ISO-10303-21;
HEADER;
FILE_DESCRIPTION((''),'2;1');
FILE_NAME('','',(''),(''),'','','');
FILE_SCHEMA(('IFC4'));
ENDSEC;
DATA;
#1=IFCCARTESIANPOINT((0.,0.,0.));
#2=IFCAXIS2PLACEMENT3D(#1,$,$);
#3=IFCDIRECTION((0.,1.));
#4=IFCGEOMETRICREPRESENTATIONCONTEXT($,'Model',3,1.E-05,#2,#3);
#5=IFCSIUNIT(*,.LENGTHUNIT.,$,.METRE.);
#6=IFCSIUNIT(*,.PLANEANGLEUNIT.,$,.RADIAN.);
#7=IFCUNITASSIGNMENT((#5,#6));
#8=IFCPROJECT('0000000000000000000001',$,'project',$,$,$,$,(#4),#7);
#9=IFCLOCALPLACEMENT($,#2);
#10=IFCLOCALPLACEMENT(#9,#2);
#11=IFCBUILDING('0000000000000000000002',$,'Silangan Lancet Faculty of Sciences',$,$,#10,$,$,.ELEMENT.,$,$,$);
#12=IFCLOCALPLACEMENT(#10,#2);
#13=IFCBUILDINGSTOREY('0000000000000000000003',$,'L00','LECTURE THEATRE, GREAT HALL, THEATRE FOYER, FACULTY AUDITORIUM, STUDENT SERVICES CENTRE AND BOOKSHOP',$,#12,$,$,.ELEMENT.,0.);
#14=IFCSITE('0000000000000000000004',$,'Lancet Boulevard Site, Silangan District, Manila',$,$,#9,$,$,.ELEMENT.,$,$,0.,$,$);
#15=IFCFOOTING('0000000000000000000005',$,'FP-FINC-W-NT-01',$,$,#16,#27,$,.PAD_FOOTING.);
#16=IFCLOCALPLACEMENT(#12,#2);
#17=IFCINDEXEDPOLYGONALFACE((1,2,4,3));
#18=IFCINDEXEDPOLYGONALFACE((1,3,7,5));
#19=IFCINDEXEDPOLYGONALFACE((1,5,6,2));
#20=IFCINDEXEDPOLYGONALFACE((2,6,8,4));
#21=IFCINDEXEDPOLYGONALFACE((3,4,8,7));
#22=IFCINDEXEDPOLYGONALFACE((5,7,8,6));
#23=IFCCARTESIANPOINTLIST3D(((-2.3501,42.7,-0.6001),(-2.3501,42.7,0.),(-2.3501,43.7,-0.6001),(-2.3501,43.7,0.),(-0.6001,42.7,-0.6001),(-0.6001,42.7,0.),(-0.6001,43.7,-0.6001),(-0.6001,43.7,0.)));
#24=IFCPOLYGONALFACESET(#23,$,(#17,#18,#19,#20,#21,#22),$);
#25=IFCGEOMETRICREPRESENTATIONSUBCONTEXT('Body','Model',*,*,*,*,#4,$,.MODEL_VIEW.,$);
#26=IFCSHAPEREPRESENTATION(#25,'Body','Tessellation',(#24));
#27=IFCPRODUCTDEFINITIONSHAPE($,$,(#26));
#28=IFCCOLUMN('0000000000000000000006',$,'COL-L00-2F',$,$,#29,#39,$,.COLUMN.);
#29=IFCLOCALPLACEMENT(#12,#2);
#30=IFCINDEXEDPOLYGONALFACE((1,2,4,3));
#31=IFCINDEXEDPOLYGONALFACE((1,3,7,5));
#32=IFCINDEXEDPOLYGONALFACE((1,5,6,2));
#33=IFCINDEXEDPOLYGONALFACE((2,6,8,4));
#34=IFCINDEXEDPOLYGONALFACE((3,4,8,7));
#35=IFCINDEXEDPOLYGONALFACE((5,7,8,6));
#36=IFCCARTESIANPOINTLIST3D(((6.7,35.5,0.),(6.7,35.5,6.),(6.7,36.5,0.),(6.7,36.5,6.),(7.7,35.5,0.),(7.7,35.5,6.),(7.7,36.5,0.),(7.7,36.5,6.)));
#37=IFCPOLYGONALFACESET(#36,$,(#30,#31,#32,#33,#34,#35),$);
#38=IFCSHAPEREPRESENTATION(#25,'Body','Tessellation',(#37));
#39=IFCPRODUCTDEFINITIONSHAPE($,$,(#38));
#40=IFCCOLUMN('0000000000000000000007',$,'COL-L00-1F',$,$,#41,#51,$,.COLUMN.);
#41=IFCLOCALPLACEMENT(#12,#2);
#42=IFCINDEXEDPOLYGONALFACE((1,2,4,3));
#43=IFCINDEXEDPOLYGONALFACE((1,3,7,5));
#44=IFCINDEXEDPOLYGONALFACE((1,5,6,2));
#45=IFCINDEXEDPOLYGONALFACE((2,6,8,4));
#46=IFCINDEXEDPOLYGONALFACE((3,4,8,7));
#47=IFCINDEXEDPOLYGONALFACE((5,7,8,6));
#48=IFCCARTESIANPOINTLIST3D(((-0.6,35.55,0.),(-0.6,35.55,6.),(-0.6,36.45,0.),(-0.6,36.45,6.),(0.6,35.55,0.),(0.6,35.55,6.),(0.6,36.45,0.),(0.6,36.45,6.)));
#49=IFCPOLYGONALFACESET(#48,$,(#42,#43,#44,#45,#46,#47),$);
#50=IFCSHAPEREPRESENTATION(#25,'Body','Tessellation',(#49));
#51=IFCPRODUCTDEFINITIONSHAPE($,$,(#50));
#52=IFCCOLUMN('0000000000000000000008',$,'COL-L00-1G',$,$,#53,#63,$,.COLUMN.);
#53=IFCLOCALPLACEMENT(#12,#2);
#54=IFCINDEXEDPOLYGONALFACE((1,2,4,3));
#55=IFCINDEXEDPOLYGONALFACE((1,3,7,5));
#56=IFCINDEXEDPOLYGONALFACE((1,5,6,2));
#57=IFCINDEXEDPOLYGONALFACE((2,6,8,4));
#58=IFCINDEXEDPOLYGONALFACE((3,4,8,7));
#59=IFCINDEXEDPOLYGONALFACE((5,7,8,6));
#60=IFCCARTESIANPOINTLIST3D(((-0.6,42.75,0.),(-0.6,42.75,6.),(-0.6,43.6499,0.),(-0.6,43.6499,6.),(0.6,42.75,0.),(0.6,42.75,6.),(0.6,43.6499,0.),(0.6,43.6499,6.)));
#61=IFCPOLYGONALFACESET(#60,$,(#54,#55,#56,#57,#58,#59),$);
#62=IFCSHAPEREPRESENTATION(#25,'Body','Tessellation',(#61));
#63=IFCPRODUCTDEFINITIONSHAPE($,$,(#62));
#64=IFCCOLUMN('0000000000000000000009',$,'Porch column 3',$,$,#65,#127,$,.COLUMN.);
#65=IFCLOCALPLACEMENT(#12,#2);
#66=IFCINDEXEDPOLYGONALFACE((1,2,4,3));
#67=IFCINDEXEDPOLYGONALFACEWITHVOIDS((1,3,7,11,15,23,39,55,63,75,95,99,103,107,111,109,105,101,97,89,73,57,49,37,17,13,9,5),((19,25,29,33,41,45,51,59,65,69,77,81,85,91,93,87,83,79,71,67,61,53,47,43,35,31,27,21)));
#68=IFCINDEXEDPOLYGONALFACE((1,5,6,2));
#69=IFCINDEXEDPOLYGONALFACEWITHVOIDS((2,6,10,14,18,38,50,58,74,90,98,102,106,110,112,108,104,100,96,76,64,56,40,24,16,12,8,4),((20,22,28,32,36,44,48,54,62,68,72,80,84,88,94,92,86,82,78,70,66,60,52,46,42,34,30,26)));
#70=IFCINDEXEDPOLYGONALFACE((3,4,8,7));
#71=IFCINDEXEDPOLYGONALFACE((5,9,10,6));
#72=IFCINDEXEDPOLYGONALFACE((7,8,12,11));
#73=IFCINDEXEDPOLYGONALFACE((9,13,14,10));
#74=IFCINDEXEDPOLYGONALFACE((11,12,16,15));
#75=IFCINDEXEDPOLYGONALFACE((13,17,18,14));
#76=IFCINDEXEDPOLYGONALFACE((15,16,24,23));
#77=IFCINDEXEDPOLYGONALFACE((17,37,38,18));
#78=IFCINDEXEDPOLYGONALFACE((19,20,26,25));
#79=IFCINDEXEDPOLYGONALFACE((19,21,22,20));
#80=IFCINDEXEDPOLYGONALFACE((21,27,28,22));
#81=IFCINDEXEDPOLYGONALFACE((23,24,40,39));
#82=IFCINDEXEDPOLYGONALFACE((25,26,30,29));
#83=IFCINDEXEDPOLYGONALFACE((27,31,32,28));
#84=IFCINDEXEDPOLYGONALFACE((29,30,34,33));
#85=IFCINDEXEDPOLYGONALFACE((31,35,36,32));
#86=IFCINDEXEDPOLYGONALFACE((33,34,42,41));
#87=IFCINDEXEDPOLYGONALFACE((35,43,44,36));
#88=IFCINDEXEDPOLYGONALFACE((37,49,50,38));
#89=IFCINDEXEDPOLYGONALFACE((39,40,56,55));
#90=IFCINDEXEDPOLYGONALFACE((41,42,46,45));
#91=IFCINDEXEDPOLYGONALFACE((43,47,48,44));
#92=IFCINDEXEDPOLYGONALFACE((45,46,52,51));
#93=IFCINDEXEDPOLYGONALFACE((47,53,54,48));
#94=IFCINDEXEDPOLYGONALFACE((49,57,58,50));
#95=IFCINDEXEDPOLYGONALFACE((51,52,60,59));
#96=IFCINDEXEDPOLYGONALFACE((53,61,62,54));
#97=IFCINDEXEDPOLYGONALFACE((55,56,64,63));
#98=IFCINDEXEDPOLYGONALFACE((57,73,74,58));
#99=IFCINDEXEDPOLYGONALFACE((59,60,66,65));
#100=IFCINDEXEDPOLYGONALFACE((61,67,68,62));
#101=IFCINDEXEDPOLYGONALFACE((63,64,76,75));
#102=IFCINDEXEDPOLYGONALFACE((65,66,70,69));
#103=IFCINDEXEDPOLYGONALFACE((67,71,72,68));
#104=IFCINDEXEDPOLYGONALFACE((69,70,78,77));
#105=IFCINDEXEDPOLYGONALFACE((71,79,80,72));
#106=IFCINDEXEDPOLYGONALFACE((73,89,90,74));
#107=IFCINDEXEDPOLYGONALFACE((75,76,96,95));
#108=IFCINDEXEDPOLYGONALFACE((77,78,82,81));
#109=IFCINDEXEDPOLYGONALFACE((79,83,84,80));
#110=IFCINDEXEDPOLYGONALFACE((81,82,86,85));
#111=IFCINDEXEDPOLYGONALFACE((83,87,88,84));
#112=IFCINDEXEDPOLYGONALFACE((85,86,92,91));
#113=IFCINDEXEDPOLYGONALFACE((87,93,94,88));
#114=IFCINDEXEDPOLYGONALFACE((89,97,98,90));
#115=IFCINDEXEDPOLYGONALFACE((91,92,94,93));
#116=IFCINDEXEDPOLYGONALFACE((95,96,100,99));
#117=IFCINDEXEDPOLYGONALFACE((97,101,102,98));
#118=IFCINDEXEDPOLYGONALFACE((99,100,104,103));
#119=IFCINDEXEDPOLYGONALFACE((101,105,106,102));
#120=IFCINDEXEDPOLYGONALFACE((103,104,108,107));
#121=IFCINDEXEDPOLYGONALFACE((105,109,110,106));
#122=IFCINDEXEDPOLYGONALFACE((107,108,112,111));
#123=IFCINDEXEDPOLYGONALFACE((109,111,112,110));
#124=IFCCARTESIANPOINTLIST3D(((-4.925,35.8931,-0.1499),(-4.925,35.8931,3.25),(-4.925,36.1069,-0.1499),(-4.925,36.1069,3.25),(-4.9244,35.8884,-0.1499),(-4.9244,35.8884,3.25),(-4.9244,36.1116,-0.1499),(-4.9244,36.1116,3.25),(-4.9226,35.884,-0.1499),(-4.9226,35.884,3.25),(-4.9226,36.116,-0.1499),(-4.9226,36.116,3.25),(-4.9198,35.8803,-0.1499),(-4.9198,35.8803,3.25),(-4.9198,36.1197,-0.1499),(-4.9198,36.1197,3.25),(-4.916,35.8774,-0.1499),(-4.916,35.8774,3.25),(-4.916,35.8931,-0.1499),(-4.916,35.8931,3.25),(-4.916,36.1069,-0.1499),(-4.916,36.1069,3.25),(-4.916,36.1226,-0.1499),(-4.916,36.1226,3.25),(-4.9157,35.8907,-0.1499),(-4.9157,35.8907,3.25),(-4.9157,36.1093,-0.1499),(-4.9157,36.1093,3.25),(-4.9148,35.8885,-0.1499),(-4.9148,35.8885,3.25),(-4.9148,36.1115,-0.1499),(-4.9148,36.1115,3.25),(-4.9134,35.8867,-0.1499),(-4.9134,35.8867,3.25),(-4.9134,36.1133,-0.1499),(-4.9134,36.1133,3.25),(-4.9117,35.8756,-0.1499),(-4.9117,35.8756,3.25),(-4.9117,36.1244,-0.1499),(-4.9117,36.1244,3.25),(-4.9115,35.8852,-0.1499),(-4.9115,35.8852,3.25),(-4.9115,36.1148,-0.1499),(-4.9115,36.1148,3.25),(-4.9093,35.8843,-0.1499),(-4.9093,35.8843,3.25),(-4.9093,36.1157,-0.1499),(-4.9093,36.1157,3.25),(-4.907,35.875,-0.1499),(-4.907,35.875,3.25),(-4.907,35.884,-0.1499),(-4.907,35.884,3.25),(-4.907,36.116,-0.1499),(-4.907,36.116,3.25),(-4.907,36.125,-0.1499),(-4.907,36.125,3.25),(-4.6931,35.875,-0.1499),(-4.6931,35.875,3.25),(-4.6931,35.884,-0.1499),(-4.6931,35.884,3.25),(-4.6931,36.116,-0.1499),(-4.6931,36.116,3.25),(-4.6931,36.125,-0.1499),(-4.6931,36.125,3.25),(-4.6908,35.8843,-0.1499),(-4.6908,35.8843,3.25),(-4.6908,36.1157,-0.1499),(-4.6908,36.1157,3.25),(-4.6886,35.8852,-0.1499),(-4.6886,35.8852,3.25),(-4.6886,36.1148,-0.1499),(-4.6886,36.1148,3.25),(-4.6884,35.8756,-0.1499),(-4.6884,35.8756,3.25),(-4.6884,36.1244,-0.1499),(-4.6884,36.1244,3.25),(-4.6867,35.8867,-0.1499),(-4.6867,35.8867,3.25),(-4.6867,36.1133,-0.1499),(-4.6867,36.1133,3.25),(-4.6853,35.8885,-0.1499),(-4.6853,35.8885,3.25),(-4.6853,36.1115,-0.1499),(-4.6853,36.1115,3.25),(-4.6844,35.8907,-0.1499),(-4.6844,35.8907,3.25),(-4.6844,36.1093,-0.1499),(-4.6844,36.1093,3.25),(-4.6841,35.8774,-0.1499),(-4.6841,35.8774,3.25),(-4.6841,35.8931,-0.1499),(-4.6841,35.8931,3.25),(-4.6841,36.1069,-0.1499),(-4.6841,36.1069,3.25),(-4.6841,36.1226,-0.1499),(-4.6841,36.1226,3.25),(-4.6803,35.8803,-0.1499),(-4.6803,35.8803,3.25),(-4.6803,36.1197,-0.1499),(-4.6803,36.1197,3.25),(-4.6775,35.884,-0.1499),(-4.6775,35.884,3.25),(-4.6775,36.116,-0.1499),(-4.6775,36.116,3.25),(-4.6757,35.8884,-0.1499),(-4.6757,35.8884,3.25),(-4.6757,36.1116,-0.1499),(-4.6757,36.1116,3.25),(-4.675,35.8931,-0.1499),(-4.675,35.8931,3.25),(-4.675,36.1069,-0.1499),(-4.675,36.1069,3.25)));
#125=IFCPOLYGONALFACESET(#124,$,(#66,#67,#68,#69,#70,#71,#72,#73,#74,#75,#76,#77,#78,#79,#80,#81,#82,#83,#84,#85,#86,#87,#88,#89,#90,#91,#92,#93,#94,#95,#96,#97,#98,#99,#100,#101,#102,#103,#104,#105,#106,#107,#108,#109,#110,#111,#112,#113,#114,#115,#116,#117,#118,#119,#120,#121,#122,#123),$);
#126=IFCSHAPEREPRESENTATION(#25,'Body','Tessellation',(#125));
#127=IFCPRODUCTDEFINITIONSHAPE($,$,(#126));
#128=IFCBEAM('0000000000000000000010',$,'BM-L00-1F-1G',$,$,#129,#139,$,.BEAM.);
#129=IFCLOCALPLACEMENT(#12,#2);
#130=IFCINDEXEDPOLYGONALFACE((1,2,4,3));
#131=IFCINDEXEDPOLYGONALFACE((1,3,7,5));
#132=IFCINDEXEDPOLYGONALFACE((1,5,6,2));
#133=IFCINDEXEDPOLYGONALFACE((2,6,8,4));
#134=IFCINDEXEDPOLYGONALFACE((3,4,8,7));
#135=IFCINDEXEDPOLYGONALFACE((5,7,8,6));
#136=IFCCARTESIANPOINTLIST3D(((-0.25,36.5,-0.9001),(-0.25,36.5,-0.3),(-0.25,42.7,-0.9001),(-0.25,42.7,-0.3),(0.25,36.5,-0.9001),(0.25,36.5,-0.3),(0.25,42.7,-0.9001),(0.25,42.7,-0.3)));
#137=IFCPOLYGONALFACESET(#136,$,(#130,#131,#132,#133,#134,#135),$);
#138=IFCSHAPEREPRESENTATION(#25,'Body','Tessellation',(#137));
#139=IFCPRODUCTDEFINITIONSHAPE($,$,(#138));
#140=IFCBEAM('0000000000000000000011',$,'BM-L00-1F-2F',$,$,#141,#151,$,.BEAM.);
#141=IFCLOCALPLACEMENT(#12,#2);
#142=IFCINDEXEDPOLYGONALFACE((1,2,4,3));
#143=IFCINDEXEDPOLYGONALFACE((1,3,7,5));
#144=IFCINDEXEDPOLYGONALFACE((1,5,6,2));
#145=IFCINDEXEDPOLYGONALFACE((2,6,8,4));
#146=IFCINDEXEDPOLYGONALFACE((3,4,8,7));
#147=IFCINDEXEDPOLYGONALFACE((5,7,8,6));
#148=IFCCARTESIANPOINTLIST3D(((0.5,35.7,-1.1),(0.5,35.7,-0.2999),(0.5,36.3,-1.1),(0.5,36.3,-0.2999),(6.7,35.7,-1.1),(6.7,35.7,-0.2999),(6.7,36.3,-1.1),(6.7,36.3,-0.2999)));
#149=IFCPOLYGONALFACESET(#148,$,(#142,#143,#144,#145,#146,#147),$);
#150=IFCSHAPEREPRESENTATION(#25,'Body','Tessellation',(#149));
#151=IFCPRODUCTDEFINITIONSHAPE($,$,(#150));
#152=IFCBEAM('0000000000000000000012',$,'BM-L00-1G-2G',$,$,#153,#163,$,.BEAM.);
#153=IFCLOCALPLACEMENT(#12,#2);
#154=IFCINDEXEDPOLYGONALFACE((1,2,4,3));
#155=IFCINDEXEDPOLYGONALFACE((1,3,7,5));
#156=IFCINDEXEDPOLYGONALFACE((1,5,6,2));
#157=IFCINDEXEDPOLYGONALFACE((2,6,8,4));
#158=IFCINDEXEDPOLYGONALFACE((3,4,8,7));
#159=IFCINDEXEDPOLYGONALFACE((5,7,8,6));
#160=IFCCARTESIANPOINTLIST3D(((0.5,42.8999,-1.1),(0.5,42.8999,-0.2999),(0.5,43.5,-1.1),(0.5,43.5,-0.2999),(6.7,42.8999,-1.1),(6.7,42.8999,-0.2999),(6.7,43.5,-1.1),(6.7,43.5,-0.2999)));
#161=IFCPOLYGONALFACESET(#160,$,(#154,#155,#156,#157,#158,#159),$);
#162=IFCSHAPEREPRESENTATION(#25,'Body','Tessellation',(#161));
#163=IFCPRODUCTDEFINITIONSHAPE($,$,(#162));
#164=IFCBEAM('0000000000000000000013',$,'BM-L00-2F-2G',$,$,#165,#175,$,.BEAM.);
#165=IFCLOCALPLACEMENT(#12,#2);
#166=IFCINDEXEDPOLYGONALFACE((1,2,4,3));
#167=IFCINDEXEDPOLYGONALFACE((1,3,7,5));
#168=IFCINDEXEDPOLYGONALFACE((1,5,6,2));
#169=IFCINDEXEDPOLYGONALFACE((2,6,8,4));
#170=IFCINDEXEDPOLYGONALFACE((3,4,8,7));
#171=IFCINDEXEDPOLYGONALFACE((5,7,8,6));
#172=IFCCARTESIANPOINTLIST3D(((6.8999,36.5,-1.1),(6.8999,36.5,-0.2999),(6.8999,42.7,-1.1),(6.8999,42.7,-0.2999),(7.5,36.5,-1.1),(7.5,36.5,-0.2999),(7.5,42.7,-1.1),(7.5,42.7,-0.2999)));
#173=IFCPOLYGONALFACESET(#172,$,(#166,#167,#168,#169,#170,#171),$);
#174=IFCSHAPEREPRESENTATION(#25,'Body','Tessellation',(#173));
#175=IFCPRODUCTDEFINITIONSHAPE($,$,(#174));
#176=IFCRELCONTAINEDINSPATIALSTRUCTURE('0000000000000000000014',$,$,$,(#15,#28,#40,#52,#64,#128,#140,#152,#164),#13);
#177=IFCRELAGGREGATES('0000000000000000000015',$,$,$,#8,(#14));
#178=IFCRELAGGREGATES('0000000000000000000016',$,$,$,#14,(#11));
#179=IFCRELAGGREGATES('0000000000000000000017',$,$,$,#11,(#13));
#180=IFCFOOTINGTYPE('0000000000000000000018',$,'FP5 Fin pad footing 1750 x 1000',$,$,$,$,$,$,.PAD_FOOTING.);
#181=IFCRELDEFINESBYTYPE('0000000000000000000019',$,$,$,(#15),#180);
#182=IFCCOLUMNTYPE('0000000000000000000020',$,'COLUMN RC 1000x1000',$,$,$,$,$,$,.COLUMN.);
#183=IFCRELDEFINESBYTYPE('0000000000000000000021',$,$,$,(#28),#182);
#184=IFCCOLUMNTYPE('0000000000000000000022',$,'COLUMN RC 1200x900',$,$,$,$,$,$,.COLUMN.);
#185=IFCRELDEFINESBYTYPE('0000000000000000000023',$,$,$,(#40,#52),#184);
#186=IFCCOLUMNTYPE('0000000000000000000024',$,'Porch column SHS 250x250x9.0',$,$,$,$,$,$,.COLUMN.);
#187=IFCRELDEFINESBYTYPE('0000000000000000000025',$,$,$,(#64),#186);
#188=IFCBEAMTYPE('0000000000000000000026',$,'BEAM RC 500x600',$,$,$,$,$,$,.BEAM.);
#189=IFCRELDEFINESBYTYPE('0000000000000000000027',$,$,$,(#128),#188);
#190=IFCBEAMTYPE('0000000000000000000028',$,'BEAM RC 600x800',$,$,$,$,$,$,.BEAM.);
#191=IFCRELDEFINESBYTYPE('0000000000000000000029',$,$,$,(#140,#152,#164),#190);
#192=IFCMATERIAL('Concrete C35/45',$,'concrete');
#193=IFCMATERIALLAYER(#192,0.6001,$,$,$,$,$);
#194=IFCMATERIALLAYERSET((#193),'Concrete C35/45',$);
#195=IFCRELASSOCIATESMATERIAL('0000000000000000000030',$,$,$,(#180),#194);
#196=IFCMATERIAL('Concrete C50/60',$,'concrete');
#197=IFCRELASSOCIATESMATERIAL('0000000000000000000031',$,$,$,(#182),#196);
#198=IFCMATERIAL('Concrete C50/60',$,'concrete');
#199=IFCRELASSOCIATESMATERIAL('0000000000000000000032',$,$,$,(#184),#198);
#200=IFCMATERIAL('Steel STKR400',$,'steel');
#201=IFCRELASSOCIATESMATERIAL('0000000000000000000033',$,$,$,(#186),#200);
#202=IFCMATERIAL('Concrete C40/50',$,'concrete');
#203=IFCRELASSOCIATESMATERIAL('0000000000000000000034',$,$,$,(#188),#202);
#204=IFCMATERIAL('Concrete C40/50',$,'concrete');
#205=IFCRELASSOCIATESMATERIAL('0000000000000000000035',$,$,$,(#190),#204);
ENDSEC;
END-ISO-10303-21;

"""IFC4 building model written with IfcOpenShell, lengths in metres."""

from ifc_helpers import new_model, si_unit, direction, frame, origin, origin_2d, place, context, subcontext, project, spatial, rectangle, hollow_rectangle, extrude, material, layer, layer_set, material_profile, profile_set, type_object, element, save


model = new_model("IFC4")

# Units and contexts
model_context = context("Model", 3, precision=1e-05, world=origin(), true_north=direction((0.0, 1.0)))
body_context = subcontext(model_context, "Body", "Model", "MODEL_VIEW")
ifc_project = project(units=[si_unit("LENGTHUNIT", "METRE"), si_unit("PLANEANGLEUNIT", "RADIAN")], contexts=[model_context])

# Site, building, storey
site_placement = place(None, origin())
site = spatial("IfcSite", under=ifc_project, at=site_placement, Name="Lancet Boulevard Site, Silangan District, Manila", CompositionType="ELEMENT", RefElevation=0.0)
building_placement = place(site_placement, origin())
building = spatial("IfcBuilding", under=site, at=building_placement, Name="Silangan Lancet Faculty of Sciences", CompositionType="ELEMENT")
storey_placement = place(building_placement, origin())
storey = spatial("IfcBuildingStorey", under=building, at=storey_placement, Name="L00", Description="LECTURE THEATRE, GREAT HALL, THEATRE FOYER, FACULTY AUDITORIUM, STUDENT SERVICES CENTRE AND BOOKSHOP", CompositionType="ELEMENT", Elevation=0.0)

# Footing
ifc_material_1 = material(Name="Concrete C35/45", Category="concrete")
ifc_layer_1 = layer(ifc_material_1, 0.6001)
ifc_layer_set_1 = layer_set([ifc_layer_1], Name="Concrete C35/45")
footing_type = type_object("IfcFootingType", Name="FP5 Fin pad footing 1750 x 1000", PredefinedType="PAD_FOOTING", material=ifc_layer_set_1)
footing_placement = place(storey_placement, frame((-1.4751, 43.2, -0.6001), z_axis=(0.0, 0.0, 1.0), x_axis=(1.0, 0.0, 0.0)))
element("IfcFooting", 1, at=footing_placement, inside=storey, type_object=footing_type, Name="FP-FINC-W-NT-01", PredefinedType="PAD_FOOTING", context=body_context, shape_type="SweptSolid", body=[
    extrude(rectangle(XDim=1.75, YDim=1.0, at=origin_2d()), origin(), (0.0, 0.0, 1.0), 0.6001),
])

# Columns
ifc_material_2 = material(Name="Concrete C50/60", Category="concrete")
ifc_material_profile_1 = material_profile(ifc_material_2, rectangle(XDim=1.0, YDim=1.0, at=origin_2d()), Name="RC 1000x1000")
ifc_profile_set_1 = profile_set([ifc_material_profile_1], Name="Concrete C50/60")
column_type_1 = type_object("IfcColumnType", Name="COLUMN RC 1000x1000", PredefinedType="COLUMN", material=ifc_profile_set_1)
column_1_placement = place(storey_placement, frame((7.2, 36.0, 0.0), z_axis=(0.0, 0.0, 1.0), x_axis=(1.0, 0.0, 0.0)))
element("IfcColumn", 2, at=column_1_placement, inside=storey, type_object=column_type_1, Name="COL-L00-2F", PredefinedType="COLUMN", context=body_context, shape_type="SweptSolid", body=[
    extrude(rectangle(XDim=1.0, YDim=1.0, at=origin_2d()), origin(), (0.0, 0.0, 1.0), 6.0),
])
ifc_material_3 = material(Name="Concrete C50/60", Category="concrete")
ifc_material_profile_2 = material_profile(ifc_material_3, rectangle(XDim=1.2, YDim=0.8999, at=origin_2d()), Name="RC 1200x900")
ifc_profile_set_2 = profile_set([ifc_material_profile_2], Name="Concrete C50/60")
column_type_2 = type_object("IfcColumnType", Name="COLUMN RC 1200x900", PredefinedType="COLUMN", material=ifc_profile_set_2)
for number, where, z_axis, x_axis, name in (
    (3, (0.0, 36.0, 0.0), (0.0, 0.0, 1.0), (1.0, 0.0, 0.0), "COL-L00-1F"),
    (4, (0.0, 43.2, 0.0), (0.0, 0.0, 1.0), (1.0, 0.0, 0.0), "COL-L00-1G"),
):
    element("IfcColumn", number, at=place(storey_placement, frame(where, z_axis=z_axis, x_axis=x_axis)), inside=storey, type_object=column_type_2, Name=name, PredefinedType="COLUMN", context=body_context, shape_type="SweptSolid", body=[
        extrude(rectangle(XDim=1.2, YDim=0.8999, at=origin_2d()), origin(), (0.0, 0.0, 1.0), 6.0),
    ])
ifc_material_4 = material(Name="Steel STKR400", Category="steel")
ifc_material_profile_3 = material_profile(ifc_material_4, hollow_rectangle(XDim=0.25, YDim=0.25, WallThickness=0.009, InnerFilletRadius=0.009, OuterFilletRadius=0.0181, at=origin_2d()), Name="SHS 250x250x9.0")
ifc_profile_set_3 = profile_set([ifc_material_profile_3], Name="Steel STKR400")
column_type_3 = type_object("IfcColumnType", Name="Porch column SHS 250x250x9.0", PredefinedType="COLUMN", material=ifc_profile_set_3)
column_2_placement = place(storey_placement, frame((-4.8, 36.0, -0.1499), z_axis=(0.0, 0.0, 1.0), x_axis=(1.0, 0.0, 0.0)))
element("IfcColumn", 5, at=column_2_placement, inside=storey, type_object=column_type_3, Name="Porch column 3", PredefinedType="COLUMN", context=body_context, shape_type="SweptSolid", body=[
    extrude(hollow_rectangle(XDim=0.25, YDim=0.25, WallThickness=0.009, InnerFilletRadius=0.009, OuterFilletRadius=0.0181, at=origin_2d()), origin(), (0.0, 0.0, 1.0), 3.3999),
])

# Beams
ifc_material_5 = material(Name="Concrete C40/50", Category="concrete")
ifc_material_profile_4 = material_profile(ifc_material_5, rectangle(XDim=0.5, YDim=0.6001, at=origin_2d()), Name="RC 500x600")
ifc_profile_set_4 = profile_set([ifc_material_profile_4], Name="Concrete C40/50")
beam_type_1 = type_object("IfcBeamType", Name="BEAM RC 500x600", PredefinedType="BEAM", material=ifc_profile_set_4)
beam_1_placement = place(storey_placement, frame((0.0, 36.5, -0.6001), z_axis=(0.0, 1.0, 0.0), x_axis=(-1.0, 0.0, 0.0)))
element("IfcBeam", 6, at=beam_1_placement, inside=storey, type_object=beam_type_1, Name="BM-L00-1F-1G", PredefinedType="BEAM", context=body_context, shape_type="SweptSolid", body=[
    extrude(rectangle(XDim=0.5, YDim=0.6001, at=origin_2d()), origin(), (0.0, 0.0, 1.0), 6.2),
])
ifc_material_6 = material(Name="Concrete C40/50", Category="concrete")
ifc_material_profile_5 = material_profile(ifc_material_6, rectangle(XDim=0.6001, YDim=0.8, at=origin_2d()), Name="RC 600x800")
ifc_profile_set_5 = profile_set([ifc_material_profile_5], Name="Concrete C40/50")
beam_type_2 = type_object("IfcBeamType", Name="BEAM RC 600x800", PredefinedType="BEAM", material=ifc_profile_set_5)
for number, where, z_axis, x_axis, name in (
    (7, (0.5, 36.0, -0.7), (1.0, 0.0, 0.0), (0.0, 1.0, 0.0), "BM-L00-1F-2F"),
    (8, (0.5, 43.2, -0.7), (1.0, 0.0, 0.0), (0.0, 1.0, 0.0), "BM-L00-1G-2G"),
    (9, (7.2, 36.5, -0.7), (0.0, 1.0, 0.0), (-1.0, 0.0, 0.0), "BM-L00-2F-2G"),
):
    element("IfcBeam", number, at=place(storey_placement, frame(where, z_axis=z_axis, x_axis=x_axis)), inside=storey, type_object=beam_type_2, Name=name, PredefinedType="BEAM", context=body_context, shape_type="SweptSolid", body=[
        extrude(rectangle(XDim=0.6001, YDim=0.8, at=origin_2d()), origin(), (0.0, 0.0, 1.0), 6.2),
    ])

save(model, "model.ifc")
